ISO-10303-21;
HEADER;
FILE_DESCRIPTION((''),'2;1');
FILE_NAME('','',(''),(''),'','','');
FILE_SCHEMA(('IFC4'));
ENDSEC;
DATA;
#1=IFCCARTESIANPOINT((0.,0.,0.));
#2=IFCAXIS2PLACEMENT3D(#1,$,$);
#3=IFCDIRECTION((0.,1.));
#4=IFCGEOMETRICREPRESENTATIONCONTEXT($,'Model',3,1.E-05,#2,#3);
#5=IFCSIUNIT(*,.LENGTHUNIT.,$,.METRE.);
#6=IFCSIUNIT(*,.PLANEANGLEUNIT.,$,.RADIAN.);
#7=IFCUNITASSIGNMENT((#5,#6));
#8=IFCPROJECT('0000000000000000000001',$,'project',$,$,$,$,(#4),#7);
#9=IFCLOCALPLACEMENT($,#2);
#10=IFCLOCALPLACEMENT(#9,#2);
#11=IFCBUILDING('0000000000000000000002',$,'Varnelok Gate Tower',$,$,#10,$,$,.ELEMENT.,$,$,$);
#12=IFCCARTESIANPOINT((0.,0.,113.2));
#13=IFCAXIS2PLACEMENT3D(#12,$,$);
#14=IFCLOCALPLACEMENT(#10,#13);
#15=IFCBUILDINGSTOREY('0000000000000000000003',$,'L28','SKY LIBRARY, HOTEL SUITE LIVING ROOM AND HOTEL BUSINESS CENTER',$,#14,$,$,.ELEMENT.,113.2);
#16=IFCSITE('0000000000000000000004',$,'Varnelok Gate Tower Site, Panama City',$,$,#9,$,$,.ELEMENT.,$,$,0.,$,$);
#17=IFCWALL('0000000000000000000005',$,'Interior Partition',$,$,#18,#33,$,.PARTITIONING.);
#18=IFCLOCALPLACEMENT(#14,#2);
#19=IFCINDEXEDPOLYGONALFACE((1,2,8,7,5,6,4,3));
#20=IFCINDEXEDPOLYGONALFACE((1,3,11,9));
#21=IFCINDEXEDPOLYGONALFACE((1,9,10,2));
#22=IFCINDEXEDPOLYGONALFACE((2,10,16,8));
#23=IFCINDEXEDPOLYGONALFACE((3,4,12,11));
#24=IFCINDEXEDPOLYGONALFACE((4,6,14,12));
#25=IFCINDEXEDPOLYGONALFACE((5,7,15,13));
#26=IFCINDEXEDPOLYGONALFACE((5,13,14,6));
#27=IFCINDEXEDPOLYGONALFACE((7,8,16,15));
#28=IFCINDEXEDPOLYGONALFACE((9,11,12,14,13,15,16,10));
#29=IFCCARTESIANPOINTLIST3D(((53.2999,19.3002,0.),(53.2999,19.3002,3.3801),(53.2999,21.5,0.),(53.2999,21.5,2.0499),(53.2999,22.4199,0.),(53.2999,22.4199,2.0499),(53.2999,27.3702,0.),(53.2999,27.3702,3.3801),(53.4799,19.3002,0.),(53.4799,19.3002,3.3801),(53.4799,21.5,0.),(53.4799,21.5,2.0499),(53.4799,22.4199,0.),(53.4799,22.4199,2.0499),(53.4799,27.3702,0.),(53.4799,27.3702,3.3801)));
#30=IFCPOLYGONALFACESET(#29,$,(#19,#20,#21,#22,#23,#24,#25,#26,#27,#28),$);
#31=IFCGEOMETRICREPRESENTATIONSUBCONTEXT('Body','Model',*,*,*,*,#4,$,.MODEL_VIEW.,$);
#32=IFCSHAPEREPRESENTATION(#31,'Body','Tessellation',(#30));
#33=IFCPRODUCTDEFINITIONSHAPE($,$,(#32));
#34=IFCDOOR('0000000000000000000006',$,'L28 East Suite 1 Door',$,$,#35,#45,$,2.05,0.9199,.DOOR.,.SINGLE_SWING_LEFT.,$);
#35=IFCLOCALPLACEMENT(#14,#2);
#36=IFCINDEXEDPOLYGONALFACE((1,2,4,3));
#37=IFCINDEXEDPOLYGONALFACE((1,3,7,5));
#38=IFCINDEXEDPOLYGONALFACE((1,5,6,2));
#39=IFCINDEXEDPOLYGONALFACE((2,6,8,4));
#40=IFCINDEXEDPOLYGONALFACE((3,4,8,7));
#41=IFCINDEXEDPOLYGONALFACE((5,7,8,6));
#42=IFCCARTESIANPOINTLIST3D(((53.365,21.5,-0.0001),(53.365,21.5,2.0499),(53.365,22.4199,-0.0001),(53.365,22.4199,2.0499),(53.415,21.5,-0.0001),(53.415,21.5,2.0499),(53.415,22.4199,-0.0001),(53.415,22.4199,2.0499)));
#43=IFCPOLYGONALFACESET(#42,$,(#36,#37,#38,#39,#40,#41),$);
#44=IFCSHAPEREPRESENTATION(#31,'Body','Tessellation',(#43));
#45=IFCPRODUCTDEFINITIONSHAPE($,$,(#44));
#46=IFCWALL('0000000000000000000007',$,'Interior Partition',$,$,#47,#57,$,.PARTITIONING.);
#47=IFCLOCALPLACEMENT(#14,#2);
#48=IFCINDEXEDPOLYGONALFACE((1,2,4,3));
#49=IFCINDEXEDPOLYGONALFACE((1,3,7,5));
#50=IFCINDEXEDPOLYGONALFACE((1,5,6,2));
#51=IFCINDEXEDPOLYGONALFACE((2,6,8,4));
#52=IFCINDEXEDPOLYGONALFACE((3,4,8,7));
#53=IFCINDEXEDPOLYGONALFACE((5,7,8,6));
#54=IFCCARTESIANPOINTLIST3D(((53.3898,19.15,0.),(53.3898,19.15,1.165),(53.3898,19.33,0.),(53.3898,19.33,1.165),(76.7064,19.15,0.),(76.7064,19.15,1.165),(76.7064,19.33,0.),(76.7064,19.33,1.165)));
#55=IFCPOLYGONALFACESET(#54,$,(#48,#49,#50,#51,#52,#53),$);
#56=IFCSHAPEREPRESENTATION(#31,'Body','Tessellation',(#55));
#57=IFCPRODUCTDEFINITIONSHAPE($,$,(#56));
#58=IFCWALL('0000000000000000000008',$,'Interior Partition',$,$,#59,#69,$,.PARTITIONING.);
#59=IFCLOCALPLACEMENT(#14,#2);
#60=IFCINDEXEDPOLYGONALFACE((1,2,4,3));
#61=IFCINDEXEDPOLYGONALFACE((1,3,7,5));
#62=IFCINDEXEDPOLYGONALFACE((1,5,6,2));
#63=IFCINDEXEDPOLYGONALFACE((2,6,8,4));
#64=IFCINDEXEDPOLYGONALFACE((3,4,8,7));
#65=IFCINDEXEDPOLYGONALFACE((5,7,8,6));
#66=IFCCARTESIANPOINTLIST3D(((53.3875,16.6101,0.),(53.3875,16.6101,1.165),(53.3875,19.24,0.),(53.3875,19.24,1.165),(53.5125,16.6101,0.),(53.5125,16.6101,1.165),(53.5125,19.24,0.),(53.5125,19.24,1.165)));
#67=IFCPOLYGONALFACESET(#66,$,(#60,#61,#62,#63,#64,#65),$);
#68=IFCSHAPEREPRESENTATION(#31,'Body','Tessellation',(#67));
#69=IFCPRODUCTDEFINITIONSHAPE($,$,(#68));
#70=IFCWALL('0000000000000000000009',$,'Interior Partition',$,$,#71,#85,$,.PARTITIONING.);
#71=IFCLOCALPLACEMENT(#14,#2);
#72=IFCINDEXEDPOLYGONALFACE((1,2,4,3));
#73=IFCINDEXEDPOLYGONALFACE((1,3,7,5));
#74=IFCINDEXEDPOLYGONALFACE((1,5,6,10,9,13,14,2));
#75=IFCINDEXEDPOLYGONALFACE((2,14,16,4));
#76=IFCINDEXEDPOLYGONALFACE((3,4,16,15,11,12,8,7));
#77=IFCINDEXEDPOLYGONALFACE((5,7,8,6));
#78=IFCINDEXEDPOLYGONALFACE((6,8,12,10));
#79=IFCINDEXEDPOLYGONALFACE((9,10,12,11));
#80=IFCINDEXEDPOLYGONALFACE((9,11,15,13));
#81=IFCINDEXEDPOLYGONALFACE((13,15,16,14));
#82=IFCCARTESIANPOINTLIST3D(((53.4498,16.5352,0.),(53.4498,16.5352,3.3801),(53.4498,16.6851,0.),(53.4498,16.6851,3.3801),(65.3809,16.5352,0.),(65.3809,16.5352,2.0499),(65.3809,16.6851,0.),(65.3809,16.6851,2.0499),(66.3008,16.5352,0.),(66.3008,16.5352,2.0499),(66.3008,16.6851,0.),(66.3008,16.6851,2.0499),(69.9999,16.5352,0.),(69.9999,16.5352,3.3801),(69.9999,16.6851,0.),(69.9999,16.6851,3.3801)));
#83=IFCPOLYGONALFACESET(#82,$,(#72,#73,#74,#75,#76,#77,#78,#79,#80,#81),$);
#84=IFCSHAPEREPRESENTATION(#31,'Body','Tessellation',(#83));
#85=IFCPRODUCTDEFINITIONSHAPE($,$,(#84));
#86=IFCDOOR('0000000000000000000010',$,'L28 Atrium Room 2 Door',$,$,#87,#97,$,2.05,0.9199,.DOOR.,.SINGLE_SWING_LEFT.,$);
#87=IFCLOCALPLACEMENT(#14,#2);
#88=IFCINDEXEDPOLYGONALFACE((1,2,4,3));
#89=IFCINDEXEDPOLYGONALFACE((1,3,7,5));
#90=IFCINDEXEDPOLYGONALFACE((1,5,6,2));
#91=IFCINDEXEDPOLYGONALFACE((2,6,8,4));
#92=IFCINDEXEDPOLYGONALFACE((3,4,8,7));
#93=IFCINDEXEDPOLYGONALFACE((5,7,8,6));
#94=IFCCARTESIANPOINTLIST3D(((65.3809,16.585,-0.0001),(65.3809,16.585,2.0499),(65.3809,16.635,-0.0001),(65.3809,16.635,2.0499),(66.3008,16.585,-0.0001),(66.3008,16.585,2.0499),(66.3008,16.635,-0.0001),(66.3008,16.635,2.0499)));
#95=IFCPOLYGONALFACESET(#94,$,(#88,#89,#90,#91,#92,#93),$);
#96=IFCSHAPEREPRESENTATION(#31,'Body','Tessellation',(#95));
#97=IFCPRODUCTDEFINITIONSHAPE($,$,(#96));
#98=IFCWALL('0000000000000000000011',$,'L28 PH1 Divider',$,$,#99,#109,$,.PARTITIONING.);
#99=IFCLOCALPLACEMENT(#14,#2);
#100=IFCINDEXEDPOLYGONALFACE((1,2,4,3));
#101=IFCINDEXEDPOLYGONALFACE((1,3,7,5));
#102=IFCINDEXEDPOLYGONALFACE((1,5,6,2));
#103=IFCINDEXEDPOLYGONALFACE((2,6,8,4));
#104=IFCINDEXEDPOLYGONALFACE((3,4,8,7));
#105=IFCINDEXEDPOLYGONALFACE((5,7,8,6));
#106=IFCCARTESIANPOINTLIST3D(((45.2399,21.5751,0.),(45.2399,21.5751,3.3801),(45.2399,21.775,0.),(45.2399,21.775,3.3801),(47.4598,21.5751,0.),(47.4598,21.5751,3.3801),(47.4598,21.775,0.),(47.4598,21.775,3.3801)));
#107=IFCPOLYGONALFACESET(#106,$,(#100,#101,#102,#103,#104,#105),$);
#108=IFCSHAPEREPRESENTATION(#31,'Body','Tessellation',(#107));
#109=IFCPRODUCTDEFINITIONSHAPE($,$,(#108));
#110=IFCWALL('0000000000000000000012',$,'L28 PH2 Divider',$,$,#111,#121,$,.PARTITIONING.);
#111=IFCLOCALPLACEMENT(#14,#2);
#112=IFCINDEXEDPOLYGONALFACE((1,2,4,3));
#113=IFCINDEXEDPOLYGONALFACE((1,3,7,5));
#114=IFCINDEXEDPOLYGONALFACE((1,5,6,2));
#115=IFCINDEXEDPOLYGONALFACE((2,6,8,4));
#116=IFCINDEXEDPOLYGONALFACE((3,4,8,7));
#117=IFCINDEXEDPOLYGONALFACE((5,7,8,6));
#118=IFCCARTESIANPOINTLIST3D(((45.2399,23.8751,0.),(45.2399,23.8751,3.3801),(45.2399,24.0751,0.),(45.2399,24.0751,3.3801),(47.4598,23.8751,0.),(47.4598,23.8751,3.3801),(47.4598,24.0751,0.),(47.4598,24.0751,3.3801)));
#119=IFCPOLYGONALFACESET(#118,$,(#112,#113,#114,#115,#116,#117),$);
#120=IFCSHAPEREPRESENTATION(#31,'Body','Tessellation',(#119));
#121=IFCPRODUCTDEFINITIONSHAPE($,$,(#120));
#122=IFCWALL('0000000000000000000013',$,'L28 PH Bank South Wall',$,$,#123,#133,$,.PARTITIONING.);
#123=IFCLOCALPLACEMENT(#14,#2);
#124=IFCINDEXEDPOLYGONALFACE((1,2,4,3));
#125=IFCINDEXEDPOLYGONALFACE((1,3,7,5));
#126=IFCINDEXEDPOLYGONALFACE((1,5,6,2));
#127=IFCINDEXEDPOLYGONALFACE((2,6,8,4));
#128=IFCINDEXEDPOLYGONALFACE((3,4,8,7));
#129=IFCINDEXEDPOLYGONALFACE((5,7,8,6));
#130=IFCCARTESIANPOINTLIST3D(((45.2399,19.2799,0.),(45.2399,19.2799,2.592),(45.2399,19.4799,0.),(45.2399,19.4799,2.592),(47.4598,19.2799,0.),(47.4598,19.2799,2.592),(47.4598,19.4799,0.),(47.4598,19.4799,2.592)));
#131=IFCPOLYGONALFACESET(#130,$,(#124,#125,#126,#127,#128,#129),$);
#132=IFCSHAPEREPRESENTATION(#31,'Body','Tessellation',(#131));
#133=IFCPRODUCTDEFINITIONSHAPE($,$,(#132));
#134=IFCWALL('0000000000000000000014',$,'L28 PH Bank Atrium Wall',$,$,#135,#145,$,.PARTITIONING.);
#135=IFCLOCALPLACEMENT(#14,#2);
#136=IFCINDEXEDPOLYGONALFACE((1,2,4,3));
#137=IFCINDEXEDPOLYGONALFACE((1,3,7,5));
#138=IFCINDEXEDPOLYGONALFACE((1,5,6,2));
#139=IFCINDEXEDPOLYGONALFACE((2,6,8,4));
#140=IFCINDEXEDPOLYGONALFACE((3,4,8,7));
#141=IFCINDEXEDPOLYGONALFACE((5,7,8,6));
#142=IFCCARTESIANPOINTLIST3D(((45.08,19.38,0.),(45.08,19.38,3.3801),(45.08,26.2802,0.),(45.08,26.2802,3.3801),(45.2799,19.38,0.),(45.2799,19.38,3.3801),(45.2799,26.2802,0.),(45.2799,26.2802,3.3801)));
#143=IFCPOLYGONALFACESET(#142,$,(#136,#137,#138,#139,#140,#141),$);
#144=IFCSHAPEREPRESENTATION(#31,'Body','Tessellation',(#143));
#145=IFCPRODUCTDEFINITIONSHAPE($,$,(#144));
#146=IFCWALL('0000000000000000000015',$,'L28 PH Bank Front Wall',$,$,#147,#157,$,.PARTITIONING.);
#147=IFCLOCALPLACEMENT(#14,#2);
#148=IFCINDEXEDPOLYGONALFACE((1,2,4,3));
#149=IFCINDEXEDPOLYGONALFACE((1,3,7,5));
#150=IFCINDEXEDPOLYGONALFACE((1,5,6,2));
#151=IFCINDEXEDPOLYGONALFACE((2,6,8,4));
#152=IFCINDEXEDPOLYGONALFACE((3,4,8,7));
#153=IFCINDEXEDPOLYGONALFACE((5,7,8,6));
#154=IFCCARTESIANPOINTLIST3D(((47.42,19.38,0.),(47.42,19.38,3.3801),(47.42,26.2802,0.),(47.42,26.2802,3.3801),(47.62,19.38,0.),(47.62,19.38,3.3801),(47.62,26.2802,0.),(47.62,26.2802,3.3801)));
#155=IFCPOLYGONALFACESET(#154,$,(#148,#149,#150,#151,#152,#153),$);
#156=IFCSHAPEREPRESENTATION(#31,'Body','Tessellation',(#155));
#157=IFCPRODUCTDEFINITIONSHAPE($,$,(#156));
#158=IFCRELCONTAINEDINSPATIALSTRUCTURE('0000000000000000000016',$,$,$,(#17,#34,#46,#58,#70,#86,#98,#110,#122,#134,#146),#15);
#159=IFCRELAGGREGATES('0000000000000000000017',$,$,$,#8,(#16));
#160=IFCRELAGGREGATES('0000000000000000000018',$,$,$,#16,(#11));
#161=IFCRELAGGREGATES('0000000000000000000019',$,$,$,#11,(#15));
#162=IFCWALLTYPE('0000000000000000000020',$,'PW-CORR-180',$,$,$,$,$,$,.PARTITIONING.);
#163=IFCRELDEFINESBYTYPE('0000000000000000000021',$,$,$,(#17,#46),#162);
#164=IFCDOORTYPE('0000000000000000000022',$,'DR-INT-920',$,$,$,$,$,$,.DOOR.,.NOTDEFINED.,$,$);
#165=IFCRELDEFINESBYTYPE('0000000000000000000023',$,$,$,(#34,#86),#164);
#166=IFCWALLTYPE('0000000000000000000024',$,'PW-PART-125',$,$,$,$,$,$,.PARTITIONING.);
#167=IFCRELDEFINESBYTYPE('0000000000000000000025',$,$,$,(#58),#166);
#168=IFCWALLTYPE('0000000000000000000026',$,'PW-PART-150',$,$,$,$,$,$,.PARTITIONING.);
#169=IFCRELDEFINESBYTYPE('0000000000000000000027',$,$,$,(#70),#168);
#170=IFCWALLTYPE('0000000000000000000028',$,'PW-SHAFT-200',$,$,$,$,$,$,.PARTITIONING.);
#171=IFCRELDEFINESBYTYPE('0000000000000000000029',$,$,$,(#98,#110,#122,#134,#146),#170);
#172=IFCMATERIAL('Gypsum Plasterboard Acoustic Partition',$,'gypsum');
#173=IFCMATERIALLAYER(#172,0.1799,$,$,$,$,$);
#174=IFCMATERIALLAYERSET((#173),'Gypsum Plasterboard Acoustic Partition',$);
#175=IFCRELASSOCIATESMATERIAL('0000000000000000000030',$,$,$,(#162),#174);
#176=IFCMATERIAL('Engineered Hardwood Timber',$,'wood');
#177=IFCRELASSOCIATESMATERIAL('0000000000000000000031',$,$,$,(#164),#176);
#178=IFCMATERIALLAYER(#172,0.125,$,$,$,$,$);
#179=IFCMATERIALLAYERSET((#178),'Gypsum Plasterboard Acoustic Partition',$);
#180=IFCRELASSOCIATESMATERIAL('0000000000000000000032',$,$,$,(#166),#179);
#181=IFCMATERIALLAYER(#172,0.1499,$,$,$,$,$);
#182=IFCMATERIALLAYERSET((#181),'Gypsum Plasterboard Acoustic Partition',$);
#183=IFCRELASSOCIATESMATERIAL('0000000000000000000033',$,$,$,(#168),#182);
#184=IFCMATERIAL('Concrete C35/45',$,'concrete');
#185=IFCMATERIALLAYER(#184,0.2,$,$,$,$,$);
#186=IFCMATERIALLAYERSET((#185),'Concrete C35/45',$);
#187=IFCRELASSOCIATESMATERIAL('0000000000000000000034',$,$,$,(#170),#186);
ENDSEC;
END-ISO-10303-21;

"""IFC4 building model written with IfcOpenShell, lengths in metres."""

from ifc_helpers import new_model, si_unit, direction, frame, frame_2d, origin, place, context, subcontext, project, spatial, rectangle, extrude, material, layer, layer_set, type_object, element, fill, save


model = new_model("IFC4")

# Units and contexts
model_context = context("Model", 3, precision=1e-05, world=origin(), true_north=direction((0.0, 1.0)))
body_context = subcontext(model_context, "Body", "Model", "MODEL_VIEW")
ifc_project = project(units=[si_unit("LENGTHUNIT", "METRE"), si_unit("PLANEANGLEUNIT", "RADIAN")], contexts=[model_context])

# Site, building, storey
site_placement = place(None, origin())
site = spatial("IfcSite", under=ifc_project, at=site_placement, Name="Varnelok Gate Tower Site, Panama City", CompositionType="ELEMENT", RefElevation=0.0)
building_placement = place(site_placement, origin())
building = spatial("IfcBuilding", under=site, at=building_placement, Name="Varnelok Gate Tower", CompositionType="ELEMENT")
storey_placement = place(building_placement, frame((0.0, 0.0, 113.2)))
storey = spatial("IfcBuildingStorey", under=building, at=storey_placement, Name="L28", Description="SKY LIBRARY, HOTEL SUITE LIVING ROOM AND HOTEL BUSINESS CENTER", CompositionType="ELEMENT", Elevation=113.2)

# Wall, opening, door
ifc_material_1 = material(Name="Gypsum Plasterboard Acoustic Partition", Category="gypsum")
ifc_layer_1 = layer(ifc_material_1, 0.1799)
ifc_layer_set_1 = layer_set([ifc_layer_1], Name="Gypsum Plasterboard Acoustic Partition")
wall_type_1 = type_object("IfcWallType", Name="PW-CORR-180", PredefinedType="PARTITIONING", material=ifc_layer_set_1)
ifc_material_2 = material(Name="Engineered Hardwood Timber", Category="wood")
wall_1_placement = place(storey_placement, frame((53.3899, 19.3, 0.0), z_axis=(0.0, 0.0, 1.0), x_axis=(0.0, 1.0, 0.0)))
wall_1 = element("IfcWall", 1, at=wall_1_placement, inside=storey, type_object=wall_type_1, Name="Interior Partition", PredefinedType="PARTITIONING", context=body_context, shape_type="SweptSolid", body=[
    extrude(rectangle(XDim=8.0701, YDim=0.1799, at=frame_2d((4.0352, 0.0))), origin(), (0.0, 0.0, 1.0), 3.3801),
])
opening_1_placement = place(wall_1_placement, frame((2.2, 0.0, 0.0)))
opening_1 = element("IfcOpeningElement", 2, at=opening_1_placement, cuts=wall_1, PredefinedType="OPENING", context=body_context, shape_type="SweptSolid", body=[
    extrude(rectangle(XDim=0.9199, YDim=2.05, at=frame_2d((0.46, 1.0249))), frame((0.0, 0.0999, 0.0), z_axis=(0.0, -1.0, 0.0), x_axis=(1.0, 0.0, 0.0)), (0.0, 0.0, 1.0), 0.2),
])
door_type_1 = type_object("IfcDoorType", Name="DR-INT-920", OperationType="NOTDEFINED", PredefinedType="DOOR", material=ifc_material_2)
door_1_placement = place(opening_1_placement, origin())
door_1 = element("IfcDoor", 3, at=door_1_placement, inside=storey, type_object=door_type_1, Name="L28 East Suite 1 Door", OperationType="SINGLE_SWING_LEFT", OverallHeight=2.05, OverallWidth=0.9199, PredefinedType="DOOR", context=body_context, shape_type="SweptSolid", body=[
    extrude(rectangle(XDim=0.9199, YDim=2.05, at=frame_2d((0.46, 1.0249))), frame((0.0, 0.0249, 0.0), z_axis=(0.0, -1.0, 0.0), x_axis=(1.0, 0.0, 0.0)), (0.0, 0.0, 1.0), 0.05),
])
fill(opening_1, door_1)

# Walls
wall_2_placement = place(storey_placement, frame((53.3899, 19.24, 0.0), z_axis=(0.0, 0.0, 1.0), x_axis=(1.0, 0.0, 0.0)))
element("IfcWall", 4, at=wall_2_placement, inside=storey, type_object=wall_type_1, Name="Interior Partition", PredefinedType="PARTITIONING", context=body_context, shape_type="SweptSolid", body=[
    extrude(rectangle(XDim=23.3167, YDim=0.1799, at=frame_2d((11.6582, 0.0))), origin(), (0.0, 0.0, 1.0), 1.165),
])
ifc_layer_2 = layer(ifc_material_1, 0.125)
ifc_layer_set_2 = layer_set([ifc_layer_2], Name="Gypsum Plasterboard Acoustic Partition")
wall_type_2 = type_object("IfcWallType", Name="PW-PART-125", PredefinedType="PARTITIONING", material=ifc_layer_set_2)
wall_3_placement = place(storey_placement, frame((53.45, 16.6101, 0.0), z_axis=(0.0, 0.0, 1.0), x_axis=(0.0, 1.0, 0.0)))
element("IfcWall", 5, at=wall_3_placement, inside=storey, type_object=wall_type_2, Name="Interior Partition", PredefinedType="PARTITIONING", context=body_context, shape_type="SweptSolid", body=[
    extrude(rectangle(XDim=2.6299, YDim=0.125, at=frame_2d((1.3149, 0.0))), origin(), (0.0, 0.0, 1.0), 1.165),
])

# Wall, opening, door
ifc_layer_3 = layer(ifc_material_1, 0.1499)
ifc_layer_set_3 = layer_set([ifc_layer_3], Name="Gypsum Plasterboard Acoustic Partition")
wall_type_3 = type_object("IfcWallType", Name="PW-PART-150", PredefinedType="PARTITIONING", material=ifc_layer_set_3)
wall_4_placement = place(storey_placement, frame((53.45, 16.6101, 0.0), z_axis=(0.0, 0.0, 1.0), x_axis=(1.0, 0.0, 0.0)))
wall_4 = element("IfcWall", 6, at=wall_4_placement, inside=storey, type_object=wall_type_3, Name="Interior Partition", PredefinedType="PARTITIONING", context=body_context, shape_type="SweptSolid", body=[
    extrude(rectangle(XDim=16.55, YDim=0.1499, at=frame_2d((8.2749, 0.0))), origin(), (0.0, 0.0, 1.0), 3.3801),
])
opening_2_placement = place(wall_4_placement, frame((11.9309, 0.0, 0.0)))
opening_2 = element("IfcOpeningElement", 7, at=opening_2_placement, cuts=wall_4, PredefinedType="OPENING", context=body_context, shape_type="SweptSolid", body=[
    extrude(rectangle(XDim=0.9199, YDim=2.05, at=frame_2d((0.46, 1.0249))), frame((0.0, 0.085, 0.0), z_axis=(0.0, -1.0, 0.0), x_axis=(1.0, 0.0, 0.0)), (0.0, 0.0, 1.0), 0.1699),
])
door_2_placement = place(opening_2_placement, origin())
door_2 = element("IfcDoor", 8, at=door_2_placement, inside=storey, type_object=door_type_1, Name="L28 Atrium Room 2 Door", OperationType="SINGLE_SWING_LEFT", OverallHeight=2.05, OverallWidth=0.9199, PredefinedType="DOOR", context=body_context, shape_type="SweptSolid", body=[
    extrude(rectangle(XDim=0.9199, YDim=2.05, at=frame_2d((0.46, 1.0249))), frame((0.0, 0.0249, 0.0), z_axis=(0.0, -1.0, 0.0), x_axis=(1.0, 0.0, 0.0)), (0.0, 0.0, 1.0), 0.05),
])
fill(opening_2, door_2)

# Walls
ifc_material_3 = material(Name="Concrete C35/45", Category="concrete")
ifc_layer_4 = layer(ifc_material_3, 0.2)
ifc_layer_set_4 = layer_set([ifc_layer_4], Name="Concrete C35/45")
wall_type_4 = type_object("IfcWallType", Name="PW-SHAFT-200", PredefinedType="PARTITIONING", material=ifc_layer_set_4)
for number, where, z_axis, x_axis, name in (
    (9, (45.24, 21.675, 0.0), (0.0, 0.0, 1.0), (1.0, 0.0, 0.0), "L28 PH1 Divider"),
    (10, (45.24, 23.9751, 0.0), (0.0, 0.0, 1.0), (1.0, 0.0, 0.0), "L28 PH2 Divider"),
):
    element("IfcWall", number, at=place(storey_placement, frame(where, z_axis=z_axis, x_axis=x_axis)), inside=storey, type_object=wall_type_4, Name=name, PredefinedType="PARTITIONING", context=body_context, shape_type="SweptSolid", body=[
        extrude(rectangle(XDim=2.22, YDim=0.2, at=frame_2d((1.1099, 0.0))), origin(), (0.0, 0.0, 1.0), 3.3801),
    ])
wall_5_placement = place(storey_placement, frame((45.24, 19.3799, 0.0), z_axis=(0.0, 0.0, 1.0), x_axis=(1.0, 0.0, 0.0)))
element("IfcWall", 11, at=wall_5_placement, inside=storey, type_object=wall_type_4, Name="L28 PH Bank South Wall", PredefinedType="PARTITIONING", context=body_context, shape_type="SweptSolid", body=[
    extrude(rectangle(XDim=2.22, YDim=0.2, at=frame_2d((1.1099, 0.0))), origin(), (0.0, 0.0, 1.0), 2.592),
])
for number, where, z_axis, x_axis, name in (
    (12, (45.1799, 19.3799, 0.0), (0.0, 0.0, 1.0), (0.0, 1.0, 0.0), "L28 PH Bank Atrium Wall"),
    (13, (47.52, 19.3799, 0.0), (0.0, 0.0, 1.0), (0.0, 1.0, 0.0), "L28 PH Bank Front Wall"),
):
    element("IfcWall", number, at=place(storey_placement, frame(where, z_axis=z_axis, x_axis=x_axis)), inside=storey, type_object=wall_type_4, Name=name, PredefinedType="PARTITIONING", context=body_context, shape_type="SweptSolid", body=[
        extrude(rectangle(XDim=6.9001, YDim=0.2, at=frame_2d((3.4502, 0.0))), origin(), (0.0, 0.0, 1.0), 3.3801),
    ])

save(model, "model.ifc")
